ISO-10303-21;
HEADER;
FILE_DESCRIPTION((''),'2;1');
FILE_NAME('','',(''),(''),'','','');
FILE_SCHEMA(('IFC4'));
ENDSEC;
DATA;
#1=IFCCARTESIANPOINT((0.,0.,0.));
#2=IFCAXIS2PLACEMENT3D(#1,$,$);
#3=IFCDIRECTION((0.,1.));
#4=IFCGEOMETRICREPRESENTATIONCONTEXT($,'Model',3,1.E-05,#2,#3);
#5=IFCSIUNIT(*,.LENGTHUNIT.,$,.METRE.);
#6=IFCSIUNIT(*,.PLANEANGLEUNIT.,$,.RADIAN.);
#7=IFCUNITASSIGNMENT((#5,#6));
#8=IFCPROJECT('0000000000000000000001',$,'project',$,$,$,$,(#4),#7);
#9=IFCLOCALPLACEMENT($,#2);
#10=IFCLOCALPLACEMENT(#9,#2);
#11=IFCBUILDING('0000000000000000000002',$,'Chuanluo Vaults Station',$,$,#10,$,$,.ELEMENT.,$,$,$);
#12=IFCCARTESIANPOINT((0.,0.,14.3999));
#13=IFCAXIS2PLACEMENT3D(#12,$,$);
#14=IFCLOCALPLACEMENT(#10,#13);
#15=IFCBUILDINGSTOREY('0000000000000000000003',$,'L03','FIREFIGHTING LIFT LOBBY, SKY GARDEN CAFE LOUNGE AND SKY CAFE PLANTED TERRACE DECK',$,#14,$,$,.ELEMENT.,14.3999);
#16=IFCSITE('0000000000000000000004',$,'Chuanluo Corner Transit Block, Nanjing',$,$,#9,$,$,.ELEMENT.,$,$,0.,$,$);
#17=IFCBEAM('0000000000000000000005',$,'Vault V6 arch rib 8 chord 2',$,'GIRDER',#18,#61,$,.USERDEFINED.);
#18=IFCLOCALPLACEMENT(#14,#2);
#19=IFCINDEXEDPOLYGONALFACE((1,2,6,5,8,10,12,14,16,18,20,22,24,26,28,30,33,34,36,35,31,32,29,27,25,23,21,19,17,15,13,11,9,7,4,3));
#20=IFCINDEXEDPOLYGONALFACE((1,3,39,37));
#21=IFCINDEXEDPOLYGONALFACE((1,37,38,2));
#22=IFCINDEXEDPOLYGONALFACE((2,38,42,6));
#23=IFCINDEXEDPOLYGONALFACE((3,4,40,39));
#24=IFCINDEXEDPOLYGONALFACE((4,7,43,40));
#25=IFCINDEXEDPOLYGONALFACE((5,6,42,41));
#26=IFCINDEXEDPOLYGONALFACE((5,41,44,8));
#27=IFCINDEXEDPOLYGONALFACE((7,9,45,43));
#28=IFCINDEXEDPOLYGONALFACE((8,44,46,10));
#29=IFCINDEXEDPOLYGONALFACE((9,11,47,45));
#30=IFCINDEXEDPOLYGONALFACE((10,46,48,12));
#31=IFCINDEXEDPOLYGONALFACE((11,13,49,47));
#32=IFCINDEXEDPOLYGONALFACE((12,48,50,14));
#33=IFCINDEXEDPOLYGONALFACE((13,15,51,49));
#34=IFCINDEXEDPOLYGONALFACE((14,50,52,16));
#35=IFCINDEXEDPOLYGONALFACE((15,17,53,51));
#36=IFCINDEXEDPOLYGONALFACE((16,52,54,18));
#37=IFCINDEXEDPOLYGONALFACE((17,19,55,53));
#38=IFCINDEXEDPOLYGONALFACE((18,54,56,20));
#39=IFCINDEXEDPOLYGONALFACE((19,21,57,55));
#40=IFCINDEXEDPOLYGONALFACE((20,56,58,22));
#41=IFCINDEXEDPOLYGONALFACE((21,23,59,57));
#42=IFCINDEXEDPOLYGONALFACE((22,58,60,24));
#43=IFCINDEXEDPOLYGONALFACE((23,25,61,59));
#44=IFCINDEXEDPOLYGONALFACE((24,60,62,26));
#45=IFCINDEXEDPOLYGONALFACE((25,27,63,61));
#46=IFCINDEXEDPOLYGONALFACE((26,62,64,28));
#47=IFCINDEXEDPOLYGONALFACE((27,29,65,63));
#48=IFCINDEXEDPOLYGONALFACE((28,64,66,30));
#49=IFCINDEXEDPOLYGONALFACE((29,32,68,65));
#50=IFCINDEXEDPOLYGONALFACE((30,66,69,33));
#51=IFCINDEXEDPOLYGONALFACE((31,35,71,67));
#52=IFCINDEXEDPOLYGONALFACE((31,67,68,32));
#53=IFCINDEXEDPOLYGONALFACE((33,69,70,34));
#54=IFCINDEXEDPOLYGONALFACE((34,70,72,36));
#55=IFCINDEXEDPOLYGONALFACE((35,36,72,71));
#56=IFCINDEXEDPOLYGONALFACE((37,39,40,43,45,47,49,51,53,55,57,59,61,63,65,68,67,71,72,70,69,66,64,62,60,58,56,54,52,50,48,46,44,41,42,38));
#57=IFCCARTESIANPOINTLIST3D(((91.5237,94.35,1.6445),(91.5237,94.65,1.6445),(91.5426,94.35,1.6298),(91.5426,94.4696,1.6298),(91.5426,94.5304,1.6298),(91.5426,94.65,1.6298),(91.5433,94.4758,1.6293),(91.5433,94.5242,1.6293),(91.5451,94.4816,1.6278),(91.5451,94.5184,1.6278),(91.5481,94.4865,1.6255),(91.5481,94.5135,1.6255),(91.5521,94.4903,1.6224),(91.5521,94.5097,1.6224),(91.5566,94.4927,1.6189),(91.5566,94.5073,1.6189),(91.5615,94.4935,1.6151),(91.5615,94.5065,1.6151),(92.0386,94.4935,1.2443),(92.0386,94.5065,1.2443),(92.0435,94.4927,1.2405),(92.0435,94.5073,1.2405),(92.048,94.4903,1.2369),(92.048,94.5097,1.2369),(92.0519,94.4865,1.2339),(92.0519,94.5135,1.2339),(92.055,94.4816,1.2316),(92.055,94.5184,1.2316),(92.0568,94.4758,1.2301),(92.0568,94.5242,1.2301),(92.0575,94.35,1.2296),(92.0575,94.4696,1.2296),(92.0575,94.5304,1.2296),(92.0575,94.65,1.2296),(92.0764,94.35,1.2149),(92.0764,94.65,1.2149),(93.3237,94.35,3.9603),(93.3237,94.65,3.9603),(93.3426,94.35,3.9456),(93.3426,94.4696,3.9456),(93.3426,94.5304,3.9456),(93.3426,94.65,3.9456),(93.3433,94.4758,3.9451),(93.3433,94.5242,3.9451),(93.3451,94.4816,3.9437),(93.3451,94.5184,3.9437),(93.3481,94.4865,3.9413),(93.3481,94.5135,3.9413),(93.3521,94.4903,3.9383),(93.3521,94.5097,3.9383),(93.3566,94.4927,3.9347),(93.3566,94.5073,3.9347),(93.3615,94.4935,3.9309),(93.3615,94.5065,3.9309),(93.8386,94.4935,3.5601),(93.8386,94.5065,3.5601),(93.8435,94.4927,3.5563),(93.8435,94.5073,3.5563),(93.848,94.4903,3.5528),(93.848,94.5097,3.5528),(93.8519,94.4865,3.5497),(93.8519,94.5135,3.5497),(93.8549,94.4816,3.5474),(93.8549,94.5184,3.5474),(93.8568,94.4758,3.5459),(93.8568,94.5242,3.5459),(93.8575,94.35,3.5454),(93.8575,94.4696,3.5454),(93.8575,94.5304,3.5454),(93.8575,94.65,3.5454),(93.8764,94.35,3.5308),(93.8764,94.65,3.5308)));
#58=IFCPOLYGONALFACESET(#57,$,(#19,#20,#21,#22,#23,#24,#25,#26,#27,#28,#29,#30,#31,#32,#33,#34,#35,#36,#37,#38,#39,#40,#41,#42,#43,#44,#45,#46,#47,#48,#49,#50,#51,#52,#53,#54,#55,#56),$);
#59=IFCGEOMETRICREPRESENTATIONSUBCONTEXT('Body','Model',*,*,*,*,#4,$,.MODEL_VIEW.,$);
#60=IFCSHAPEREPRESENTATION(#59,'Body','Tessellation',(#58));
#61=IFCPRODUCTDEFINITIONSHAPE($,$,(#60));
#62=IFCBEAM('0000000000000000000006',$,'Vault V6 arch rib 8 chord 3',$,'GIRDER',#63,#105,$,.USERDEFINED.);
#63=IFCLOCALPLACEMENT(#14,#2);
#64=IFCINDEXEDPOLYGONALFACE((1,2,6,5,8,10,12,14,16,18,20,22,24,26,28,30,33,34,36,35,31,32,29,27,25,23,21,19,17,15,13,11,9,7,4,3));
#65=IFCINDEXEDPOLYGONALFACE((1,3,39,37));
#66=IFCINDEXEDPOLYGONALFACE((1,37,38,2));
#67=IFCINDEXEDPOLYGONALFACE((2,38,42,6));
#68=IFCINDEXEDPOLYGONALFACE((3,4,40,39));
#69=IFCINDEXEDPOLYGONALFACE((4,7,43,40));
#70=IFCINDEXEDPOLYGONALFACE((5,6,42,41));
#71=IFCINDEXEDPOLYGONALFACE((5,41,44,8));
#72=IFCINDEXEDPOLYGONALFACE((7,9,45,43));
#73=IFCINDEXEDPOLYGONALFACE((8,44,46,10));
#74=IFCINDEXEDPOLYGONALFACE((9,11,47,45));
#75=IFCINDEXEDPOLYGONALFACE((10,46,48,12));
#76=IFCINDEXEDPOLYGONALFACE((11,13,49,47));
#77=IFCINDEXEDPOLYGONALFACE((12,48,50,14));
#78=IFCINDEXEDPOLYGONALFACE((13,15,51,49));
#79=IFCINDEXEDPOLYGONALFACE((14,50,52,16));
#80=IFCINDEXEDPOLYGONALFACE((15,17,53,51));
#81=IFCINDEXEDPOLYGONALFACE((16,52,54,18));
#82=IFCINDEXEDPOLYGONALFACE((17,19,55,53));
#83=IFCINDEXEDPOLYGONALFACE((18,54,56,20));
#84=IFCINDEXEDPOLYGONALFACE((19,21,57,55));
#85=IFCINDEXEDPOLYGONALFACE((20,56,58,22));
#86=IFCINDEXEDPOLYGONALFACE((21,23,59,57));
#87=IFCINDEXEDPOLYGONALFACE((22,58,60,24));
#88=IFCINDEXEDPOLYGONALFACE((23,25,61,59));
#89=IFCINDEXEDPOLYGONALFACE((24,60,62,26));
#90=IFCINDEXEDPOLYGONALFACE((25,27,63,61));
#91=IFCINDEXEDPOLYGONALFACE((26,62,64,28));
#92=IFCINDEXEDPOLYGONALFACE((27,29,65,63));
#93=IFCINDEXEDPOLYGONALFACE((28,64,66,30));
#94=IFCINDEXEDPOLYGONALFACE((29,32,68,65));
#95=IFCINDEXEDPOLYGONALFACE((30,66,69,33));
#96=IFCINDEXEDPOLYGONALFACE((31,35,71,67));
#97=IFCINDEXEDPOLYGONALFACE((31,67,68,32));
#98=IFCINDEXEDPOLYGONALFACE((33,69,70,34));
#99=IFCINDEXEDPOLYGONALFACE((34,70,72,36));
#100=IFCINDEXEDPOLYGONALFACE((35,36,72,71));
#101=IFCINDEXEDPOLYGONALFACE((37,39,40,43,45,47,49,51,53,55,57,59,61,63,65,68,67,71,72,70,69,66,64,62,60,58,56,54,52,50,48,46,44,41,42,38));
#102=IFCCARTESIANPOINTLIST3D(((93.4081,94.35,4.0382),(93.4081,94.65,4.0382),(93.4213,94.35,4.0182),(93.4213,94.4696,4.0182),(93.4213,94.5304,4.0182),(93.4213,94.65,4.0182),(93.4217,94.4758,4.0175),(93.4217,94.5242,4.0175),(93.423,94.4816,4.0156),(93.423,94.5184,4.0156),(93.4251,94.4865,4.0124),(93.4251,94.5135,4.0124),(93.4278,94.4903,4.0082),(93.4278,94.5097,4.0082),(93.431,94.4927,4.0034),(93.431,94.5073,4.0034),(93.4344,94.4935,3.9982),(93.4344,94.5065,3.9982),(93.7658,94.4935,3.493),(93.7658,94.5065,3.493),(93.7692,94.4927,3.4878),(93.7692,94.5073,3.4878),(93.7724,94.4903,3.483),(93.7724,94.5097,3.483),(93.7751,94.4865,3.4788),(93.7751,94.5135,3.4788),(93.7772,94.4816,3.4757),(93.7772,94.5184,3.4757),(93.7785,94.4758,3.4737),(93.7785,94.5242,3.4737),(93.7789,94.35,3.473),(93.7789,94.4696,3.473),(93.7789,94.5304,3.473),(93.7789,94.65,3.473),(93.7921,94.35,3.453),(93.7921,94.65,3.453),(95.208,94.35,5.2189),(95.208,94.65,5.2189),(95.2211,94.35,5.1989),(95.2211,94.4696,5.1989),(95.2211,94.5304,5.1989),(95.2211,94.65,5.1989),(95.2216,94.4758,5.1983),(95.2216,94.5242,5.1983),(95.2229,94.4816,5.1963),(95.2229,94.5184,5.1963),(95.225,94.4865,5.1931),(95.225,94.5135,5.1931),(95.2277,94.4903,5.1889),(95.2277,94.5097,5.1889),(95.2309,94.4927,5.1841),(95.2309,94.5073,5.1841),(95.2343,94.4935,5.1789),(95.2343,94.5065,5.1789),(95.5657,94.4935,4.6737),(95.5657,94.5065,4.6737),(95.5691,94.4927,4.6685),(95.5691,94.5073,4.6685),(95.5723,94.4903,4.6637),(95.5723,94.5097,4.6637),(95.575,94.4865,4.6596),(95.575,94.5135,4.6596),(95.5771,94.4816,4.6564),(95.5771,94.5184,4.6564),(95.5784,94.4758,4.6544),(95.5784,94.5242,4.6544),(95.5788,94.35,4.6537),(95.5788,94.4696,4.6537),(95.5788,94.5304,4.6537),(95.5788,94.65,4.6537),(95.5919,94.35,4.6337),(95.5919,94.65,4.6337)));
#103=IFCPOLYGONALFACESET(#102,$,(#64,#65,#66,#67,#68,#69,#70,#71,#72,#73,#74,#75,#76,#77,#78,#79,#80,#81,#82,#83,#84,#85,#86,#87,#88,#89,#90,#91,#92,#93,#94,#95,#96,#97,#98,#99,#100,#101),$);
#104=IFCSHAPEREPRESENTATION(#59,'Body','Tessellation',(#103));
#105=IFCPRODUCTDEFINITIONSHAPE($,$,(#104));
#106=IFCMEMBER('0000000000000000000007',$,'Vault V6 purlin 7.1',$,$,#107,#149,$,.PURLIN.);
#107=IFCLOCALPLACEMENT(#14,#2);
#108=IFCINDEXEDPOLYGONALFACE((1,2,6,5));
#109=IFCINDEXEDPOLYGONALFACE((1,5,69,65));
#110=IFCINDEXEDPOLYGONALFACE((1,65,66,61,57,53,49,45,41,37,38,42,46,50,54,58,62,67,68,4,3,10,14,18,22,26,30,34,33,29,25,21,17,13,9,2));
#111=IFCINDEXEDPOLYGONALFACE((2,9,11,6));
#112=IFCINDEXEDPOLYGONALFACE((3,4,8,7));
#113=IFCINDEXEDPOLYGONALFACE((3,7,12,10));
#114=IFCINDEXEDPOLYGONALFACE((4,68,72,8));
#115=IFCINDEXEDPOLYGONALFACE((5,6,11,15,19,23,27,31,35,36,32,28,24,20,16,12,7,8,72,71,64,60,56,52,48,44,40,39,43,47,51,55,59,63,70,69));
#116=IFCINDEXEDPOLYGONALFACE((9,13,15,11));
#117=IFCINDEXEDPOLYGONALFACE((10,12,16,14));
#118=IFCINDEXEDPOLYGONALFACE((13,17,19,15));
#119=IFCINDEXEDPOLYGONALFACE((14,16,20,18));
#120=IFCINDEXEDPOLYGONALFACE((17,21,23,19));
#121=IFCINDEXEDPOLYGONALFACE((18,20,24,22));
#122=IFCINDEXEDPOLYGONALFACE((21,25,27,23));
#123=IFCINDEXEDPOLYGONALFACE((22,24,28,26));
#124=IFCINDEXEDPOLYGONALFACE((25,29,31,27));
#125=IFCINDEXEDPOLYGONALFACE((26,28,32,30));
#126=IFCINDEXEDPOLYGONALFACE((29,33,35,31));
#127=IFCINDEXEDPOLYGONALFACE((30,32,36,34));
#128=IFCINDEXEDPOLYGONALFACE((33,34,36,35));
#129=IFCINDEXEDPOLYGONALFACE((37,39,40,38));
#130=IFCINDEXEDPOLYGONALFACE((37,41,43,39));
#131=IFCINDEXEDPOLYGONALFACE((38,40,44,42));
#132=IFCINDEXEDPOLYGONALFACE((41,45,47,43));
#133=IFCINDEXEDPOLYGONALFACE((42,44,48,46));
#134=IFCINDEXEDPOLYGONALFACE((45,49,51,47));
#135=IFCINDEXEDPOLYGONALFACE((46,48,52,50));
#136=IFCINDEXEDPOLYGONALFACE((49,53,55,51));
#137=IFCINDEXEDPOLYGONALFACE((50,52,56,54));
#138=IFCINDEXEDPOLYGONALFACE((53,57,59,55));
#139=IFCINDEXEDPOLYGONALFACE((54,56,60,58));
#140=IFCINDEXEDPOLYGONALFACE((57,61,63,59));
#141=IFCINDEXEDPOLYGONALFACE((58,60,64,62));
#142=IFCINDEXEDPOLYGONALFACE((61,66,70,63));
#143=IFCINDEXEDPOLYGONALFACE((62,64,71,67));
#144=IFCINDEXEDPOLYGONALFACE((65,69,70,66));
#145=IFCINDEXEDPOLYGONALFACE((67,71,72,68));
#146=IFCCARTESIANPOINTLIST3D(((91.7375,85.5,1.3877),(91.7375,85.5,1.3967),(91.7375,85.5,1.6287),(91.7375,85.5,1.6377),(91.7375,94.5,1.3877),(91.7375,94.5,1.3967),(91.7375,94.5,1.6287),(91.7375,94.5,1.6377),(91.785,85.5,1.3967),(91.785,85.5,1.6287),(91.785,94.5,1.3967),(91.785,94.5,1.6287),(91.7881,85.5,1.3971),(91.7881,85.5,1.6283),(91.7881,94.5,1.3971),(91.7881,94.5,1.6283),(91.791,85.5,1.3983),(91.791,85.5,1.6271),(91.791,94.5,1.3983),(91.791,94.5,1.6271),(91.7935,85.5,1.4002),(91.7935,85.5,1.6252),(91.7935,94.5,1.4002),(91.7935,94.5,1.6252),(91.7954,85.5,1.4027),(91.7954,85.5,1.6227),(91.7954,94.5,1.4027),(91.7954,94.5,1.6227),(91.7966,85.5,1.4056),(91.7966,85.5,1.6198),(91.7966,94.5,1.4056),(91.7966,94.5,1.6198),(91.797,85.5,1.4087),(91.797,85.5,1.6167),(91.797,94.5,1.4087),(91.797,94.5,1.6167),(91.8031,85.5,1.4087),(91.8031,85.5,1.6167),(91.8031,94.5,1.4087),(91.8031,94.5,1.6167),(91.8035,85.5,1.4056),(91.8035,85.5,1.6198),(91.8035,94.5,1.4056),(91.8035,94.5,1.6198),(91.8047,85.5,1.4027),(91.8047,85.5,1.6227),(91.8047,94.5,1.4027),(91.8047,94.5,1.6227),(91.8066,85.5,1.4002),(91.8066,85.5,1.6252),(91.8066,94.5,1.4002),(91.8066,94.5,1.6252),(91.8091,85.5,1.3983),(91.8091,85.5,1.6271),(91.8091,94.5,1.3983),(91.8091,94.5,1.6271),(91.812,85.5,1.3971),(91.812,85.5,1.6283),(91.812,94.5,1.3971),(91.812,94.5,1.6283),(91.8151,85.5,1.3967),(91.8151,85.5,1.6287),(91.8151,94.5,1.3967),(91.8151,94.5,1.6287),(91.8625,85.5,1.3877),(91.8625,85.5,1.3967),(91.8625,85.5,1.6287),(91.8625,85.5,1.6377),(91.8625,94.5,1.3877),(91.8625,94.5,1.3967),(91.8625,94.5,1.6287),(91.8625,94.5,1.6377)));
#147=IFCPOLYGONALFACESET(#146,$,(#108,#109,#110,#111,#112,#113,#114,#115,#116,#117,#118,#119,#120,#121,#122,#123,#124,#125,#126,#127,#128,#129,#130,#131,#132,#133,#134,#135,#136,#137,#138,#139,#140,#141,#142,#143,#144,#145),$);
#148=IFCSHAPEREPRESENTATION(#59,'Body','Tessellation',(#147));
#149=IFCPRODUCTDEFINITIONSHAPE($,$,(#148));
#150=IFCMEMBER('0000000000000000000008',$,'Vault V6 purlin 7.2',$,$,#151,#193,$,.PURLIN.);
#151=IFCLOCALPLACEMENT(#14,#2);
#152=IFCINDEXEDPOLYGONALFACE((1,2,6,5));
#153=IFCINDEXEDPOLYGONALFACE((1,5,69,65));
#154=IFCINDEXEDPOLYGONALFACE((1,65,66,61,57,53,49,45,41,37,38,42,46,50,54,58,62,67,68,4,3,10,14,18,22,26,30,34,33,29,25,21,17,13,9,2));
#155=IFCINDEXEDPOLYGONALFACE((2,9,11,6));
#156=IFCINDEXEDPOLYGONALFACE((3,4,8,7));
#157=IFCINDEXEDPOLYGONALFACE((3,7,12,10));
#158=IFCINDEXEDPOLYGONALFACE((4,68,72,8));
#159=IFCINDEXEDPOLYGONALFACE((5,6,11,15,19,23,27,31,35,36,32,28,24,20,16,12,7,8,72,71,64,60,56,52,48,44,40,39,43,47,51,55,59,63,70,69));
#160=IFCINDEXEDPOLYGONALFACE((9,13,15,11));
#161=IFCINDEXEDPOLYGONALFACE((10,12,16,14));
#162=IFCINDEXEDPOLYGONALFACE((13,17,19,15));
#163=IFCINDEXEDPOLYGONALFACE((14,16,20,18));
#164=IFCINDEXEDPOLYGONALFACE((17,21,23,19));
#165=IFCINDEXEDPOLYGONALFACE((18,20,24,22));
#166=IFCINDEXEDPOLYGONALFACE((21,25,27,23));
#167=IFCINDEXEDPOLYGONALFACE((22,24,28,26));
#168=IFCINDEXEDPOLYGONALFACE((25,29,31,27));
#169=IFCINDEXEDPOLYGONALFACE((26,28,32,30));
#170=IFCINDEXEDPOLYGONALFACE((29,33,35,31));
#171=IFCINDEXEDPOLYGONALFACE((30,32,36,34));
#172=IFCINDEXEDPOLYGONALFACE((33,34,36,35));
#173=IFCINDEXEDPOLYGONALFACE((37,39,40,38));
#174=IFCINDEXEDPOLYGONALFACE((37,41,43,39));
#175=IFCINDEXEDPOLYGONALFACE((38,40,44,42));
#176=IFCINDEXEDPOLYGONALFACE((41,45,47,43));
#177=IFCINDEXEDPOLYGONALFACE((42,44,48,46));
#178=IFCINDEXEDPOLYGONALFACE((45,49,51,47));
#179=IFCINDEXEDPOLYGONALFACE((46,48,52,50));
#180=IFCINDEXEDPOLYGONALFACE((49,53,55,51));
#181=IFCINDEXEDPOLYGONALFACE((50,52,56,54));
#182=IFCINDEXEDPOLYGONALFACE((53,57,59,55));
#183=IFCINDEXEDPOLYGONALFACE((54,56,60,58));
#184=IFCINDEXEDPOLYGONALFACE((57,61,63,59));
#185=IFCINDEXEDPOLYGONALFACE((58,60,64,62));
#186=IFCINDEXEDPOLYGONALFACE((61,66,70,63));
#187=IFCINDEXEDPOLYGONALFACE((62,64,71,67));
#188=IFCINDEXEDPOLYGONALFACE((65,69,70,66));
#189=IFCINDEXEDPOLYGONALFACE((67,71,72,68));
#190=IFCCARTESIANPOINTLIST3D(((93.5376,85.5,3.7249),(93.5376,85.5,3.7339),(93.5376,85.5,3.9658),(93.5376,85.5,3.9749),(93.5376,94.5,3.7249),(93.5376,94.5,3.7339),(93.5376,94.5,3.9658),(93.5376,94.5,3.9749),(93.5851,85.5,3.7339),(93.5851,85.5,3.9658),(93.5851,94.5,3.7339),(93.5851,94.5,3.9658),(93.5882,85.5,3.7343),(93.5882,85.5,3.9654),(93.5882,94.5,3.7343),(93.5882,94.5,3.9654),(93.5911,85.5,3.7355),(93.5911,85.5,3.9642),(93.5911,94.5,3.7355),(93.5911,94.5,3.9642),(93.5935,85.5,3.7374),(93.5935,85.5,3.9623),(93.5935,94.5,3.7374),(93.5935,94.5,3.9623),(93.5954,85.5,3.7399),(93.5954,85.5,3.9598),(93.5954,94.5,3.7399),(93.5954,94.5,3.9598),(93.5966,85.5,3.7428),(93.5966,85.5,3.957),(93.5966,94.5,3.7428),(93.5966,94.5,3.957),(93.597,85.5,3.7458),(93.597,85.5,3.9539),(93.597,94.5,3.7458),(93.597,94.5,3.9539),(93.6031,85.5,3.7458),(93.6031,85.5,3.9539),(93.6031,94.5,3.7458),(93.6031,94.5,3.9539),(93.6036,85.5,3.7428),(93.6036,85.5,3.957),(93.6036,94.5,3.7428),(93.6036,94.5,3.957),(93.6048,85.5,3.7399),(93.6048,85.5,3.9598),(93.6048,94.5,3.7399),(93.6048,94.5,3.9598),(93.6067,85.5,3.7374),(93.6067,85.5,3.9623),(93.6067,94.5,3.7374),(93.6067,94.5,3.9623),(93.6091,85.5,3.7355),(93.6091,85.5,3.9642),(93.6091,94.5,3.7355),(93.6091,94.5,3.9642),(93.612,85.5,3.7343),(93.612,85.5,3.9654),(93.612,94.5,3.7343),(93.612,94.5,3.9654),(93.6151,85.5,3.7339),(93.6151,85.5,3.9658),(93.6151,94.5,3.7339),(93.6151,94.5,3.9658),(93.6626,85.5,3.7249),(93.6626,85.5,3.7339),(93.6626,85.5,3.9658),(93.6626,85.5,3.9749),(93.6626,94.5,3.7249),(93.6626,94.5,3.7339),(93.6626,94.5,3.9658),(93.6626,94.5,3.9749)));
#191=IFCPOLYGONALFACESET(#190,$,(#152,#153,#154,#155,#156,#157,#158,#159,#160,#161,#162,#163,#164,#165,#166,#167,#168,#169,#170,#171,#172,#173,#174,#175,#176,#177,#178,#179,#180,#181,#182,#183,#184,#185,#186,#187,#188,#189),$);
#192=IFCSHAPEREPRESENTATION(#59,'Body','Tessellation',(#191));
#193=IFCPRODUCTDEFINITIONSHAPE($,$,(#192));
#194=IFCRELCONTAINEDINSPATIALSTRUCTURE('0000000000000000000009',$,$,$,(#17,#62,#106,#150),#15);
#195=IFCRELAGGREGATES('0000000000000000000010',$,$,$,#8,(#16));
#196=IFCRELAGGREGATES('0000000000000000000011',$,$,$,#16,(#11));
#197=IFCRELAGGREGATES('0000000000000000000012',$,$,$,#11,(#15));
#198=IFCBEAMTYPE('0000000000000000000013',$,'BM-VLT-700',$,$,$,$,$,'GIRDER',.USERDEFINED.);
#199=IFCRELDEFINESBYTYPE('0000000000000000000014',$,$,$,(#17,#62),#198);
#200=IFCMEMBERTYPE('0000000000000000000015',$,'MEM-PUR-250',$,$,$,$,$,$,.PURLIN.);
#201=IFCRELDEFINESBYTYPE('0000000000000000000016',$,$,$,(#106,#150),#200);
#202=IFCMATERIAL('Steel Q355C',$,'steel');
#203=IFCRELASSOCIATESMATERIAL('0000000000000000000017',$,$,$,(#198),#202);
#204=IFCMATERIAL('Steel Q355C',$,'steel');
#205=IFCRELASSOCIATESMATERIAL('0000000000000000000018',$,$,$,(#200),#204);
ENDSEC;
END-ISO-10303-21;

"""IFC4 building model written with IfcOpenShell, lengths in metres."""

from ifc_helpers import new_model, si_unit, direction, frame, origin, origin_2d, place, context, subcontext, project, spatial, i_section, extrude, material, material_profile, profile_set, type_object, element, save


model = new_model("IFC4")

# Units and contexts
model_context = context("Model", 3, precision=1e-05, world=origin(), true_north=direction((0.0, 1.0)))
body_context = subcontext(model_context, "Body", "Model", "MODEL_VIEW")
ifc_project = project(units=[si_unit("LENGTHUNIT", "METRE"), si_unit("PLANEANGLEUNIT", "RADIAN")], contexts=[model_context])

# Site, building, storey
site_placement = place(None, origin())
site = spatial("IfcSite", under=ifc_project, at=site_placement, Name="Chuanluo Corner Transit Block, Nanjing", CompositionType="ELEMENT", RefElevation=0.0)
building_placement = place(site_placement, origin())
building = spatial("IfcBuilding", under=site, at=building_placement, Name="Chuanluo Vaults Station", CompositionType="ELEMENT")
storey_placement = place(building_placement, frame((0.0, 0.0, 14.3999)))
storey = spatial("IfcBuildingStorey", under=building, at=storey_placement, Name="L03", Description="FIREFIGHTING LIFT LOBBY, SKY GARDEN CAFE LOUNGE AND SKY CAFE PLANTED TERRACE DECK", CompositionType="ELEMENT", Elevation=14.3999)

# Beams
ifc_material_1 = material(Name="Steel Q355C", Category="steel")
ifc_material_profile_1 = material_profile(ifc_material_1, i_section(OverallWidth=0.3, OverallDepth=0.7, WebThickness=0.0129, FlangeThickness=0.0239, FilletRadius=0.0239, at=origin_2d()))
ifc_profile_set_1 = profile_set([ifc_material_profile_1], Name="Steel Q355C")
beam_type = type_object("IfcBeamType", Name="BM-VLT-700", ElementType="GIRDER", PredefinedType="USERDEFINED", material=ifc_profile_set_1)
for number, where, z_axis, x_axis, name in (
    (1, (91.8, 94.5, 1.4297), (0.613681, 0.0, 0.789554), (0.0, 1.0, 0.0), "Vault V6 arch rib 8 chord 2"),
):
    element("IfcBeam", number, at=place(storey_placement, frame(where, z_axis=z_axis, x_axis=x_axis)), inside=storey, type_object=beam_type, Name=name, ObjectType="GIRDER", PredefinedType="USERDEFINED", context=body_context, shape_type="SweptSolid", body=[
        extrude(i_section(OverallWidth=0.3, OverallDepth=0.7, WebThickness=0.0129, FlangeThickness=0.0239, FilletRadius=0.0239, at=origin_2d()), origin(), (0.0, 0.0, 1.0), 2.9331),
    ])
beam_1_placement = place(storey_placement, frame((93.6001, 94.5, 3.7456), z_axis=(0.836145, 0.0, 0.548508), x_axis=(0.0, 1.0, 0.0)))
element("IfcBeam", 2, at=beam_1_placement, inside=storey, type_object=beam_type, Name="Vault V6 arch rib 8 chord 3", ObjectType="GIRDER", PredefinedType="USERDEFINED", context=body_context, shape_type="SweptSolid", body=[
    extrude(i_section(OverallWidth=0.3, OverallDepth=0.7, WebThickness=0.0129, FlangeThickness=0.0239, FilletRadius=0.0239, at=origin_2d()), origin(), (0.0, 0.0, 1.0), 2.1526),
])

# Members
ifc_material_2 = material(Name="Steel Q355C", Category="steel")
ifc_material_profile_2 = material_profile(ifc_material_2, i_section(OverallWidth=0.125, OverallDepth=0.25, WebThickness=0.0061, FlangeThickness=0.009, FilletRadius=0.012, at=origin_2d()))
ifc_profile_set_2 = profile_set([ifc_material_profile_2], Name="Steel Q355C")
member_type_1 = type_object("IfcMemberType", Name="MEM-PUR-250", PredefinedType="PURLIN", material=ifc_profile_set_2)
for number, where, z_axis, x_axis, name in (
    (3, (91.8, 85.5, 1.5127), (0.0, 1.0, 0.0), (-1.0, 0.0, 0.0), "Vault V6 purlin 7.1"),
    (4, (93.6001, 85.5, 3.8499), (0.0, 1.0, 0.0), (-1.0, 0.0, 0.0), "Vault V6 purlin 7.2"),
):
    element("IfcMember", number, at=place(storey_placement, frame(where, z_axis=z_axis, x_axis=x_axis)), inside=storey, type_object=member_type_1, Name=name, PredefinedType="PURLIN", context=body_context, shape_type="SweptSolid", body=[
        extrude(i_section(OverallWidth=0.125, OverallDepth=0.25, WebThickness=0.0061, FlangeThickness=0.009, FilletRadius=0.012, at=origin_2d()), origin(), (0.0, 0.0, 1.0), 9.0),
    ])

save(model, "model.ifc")
